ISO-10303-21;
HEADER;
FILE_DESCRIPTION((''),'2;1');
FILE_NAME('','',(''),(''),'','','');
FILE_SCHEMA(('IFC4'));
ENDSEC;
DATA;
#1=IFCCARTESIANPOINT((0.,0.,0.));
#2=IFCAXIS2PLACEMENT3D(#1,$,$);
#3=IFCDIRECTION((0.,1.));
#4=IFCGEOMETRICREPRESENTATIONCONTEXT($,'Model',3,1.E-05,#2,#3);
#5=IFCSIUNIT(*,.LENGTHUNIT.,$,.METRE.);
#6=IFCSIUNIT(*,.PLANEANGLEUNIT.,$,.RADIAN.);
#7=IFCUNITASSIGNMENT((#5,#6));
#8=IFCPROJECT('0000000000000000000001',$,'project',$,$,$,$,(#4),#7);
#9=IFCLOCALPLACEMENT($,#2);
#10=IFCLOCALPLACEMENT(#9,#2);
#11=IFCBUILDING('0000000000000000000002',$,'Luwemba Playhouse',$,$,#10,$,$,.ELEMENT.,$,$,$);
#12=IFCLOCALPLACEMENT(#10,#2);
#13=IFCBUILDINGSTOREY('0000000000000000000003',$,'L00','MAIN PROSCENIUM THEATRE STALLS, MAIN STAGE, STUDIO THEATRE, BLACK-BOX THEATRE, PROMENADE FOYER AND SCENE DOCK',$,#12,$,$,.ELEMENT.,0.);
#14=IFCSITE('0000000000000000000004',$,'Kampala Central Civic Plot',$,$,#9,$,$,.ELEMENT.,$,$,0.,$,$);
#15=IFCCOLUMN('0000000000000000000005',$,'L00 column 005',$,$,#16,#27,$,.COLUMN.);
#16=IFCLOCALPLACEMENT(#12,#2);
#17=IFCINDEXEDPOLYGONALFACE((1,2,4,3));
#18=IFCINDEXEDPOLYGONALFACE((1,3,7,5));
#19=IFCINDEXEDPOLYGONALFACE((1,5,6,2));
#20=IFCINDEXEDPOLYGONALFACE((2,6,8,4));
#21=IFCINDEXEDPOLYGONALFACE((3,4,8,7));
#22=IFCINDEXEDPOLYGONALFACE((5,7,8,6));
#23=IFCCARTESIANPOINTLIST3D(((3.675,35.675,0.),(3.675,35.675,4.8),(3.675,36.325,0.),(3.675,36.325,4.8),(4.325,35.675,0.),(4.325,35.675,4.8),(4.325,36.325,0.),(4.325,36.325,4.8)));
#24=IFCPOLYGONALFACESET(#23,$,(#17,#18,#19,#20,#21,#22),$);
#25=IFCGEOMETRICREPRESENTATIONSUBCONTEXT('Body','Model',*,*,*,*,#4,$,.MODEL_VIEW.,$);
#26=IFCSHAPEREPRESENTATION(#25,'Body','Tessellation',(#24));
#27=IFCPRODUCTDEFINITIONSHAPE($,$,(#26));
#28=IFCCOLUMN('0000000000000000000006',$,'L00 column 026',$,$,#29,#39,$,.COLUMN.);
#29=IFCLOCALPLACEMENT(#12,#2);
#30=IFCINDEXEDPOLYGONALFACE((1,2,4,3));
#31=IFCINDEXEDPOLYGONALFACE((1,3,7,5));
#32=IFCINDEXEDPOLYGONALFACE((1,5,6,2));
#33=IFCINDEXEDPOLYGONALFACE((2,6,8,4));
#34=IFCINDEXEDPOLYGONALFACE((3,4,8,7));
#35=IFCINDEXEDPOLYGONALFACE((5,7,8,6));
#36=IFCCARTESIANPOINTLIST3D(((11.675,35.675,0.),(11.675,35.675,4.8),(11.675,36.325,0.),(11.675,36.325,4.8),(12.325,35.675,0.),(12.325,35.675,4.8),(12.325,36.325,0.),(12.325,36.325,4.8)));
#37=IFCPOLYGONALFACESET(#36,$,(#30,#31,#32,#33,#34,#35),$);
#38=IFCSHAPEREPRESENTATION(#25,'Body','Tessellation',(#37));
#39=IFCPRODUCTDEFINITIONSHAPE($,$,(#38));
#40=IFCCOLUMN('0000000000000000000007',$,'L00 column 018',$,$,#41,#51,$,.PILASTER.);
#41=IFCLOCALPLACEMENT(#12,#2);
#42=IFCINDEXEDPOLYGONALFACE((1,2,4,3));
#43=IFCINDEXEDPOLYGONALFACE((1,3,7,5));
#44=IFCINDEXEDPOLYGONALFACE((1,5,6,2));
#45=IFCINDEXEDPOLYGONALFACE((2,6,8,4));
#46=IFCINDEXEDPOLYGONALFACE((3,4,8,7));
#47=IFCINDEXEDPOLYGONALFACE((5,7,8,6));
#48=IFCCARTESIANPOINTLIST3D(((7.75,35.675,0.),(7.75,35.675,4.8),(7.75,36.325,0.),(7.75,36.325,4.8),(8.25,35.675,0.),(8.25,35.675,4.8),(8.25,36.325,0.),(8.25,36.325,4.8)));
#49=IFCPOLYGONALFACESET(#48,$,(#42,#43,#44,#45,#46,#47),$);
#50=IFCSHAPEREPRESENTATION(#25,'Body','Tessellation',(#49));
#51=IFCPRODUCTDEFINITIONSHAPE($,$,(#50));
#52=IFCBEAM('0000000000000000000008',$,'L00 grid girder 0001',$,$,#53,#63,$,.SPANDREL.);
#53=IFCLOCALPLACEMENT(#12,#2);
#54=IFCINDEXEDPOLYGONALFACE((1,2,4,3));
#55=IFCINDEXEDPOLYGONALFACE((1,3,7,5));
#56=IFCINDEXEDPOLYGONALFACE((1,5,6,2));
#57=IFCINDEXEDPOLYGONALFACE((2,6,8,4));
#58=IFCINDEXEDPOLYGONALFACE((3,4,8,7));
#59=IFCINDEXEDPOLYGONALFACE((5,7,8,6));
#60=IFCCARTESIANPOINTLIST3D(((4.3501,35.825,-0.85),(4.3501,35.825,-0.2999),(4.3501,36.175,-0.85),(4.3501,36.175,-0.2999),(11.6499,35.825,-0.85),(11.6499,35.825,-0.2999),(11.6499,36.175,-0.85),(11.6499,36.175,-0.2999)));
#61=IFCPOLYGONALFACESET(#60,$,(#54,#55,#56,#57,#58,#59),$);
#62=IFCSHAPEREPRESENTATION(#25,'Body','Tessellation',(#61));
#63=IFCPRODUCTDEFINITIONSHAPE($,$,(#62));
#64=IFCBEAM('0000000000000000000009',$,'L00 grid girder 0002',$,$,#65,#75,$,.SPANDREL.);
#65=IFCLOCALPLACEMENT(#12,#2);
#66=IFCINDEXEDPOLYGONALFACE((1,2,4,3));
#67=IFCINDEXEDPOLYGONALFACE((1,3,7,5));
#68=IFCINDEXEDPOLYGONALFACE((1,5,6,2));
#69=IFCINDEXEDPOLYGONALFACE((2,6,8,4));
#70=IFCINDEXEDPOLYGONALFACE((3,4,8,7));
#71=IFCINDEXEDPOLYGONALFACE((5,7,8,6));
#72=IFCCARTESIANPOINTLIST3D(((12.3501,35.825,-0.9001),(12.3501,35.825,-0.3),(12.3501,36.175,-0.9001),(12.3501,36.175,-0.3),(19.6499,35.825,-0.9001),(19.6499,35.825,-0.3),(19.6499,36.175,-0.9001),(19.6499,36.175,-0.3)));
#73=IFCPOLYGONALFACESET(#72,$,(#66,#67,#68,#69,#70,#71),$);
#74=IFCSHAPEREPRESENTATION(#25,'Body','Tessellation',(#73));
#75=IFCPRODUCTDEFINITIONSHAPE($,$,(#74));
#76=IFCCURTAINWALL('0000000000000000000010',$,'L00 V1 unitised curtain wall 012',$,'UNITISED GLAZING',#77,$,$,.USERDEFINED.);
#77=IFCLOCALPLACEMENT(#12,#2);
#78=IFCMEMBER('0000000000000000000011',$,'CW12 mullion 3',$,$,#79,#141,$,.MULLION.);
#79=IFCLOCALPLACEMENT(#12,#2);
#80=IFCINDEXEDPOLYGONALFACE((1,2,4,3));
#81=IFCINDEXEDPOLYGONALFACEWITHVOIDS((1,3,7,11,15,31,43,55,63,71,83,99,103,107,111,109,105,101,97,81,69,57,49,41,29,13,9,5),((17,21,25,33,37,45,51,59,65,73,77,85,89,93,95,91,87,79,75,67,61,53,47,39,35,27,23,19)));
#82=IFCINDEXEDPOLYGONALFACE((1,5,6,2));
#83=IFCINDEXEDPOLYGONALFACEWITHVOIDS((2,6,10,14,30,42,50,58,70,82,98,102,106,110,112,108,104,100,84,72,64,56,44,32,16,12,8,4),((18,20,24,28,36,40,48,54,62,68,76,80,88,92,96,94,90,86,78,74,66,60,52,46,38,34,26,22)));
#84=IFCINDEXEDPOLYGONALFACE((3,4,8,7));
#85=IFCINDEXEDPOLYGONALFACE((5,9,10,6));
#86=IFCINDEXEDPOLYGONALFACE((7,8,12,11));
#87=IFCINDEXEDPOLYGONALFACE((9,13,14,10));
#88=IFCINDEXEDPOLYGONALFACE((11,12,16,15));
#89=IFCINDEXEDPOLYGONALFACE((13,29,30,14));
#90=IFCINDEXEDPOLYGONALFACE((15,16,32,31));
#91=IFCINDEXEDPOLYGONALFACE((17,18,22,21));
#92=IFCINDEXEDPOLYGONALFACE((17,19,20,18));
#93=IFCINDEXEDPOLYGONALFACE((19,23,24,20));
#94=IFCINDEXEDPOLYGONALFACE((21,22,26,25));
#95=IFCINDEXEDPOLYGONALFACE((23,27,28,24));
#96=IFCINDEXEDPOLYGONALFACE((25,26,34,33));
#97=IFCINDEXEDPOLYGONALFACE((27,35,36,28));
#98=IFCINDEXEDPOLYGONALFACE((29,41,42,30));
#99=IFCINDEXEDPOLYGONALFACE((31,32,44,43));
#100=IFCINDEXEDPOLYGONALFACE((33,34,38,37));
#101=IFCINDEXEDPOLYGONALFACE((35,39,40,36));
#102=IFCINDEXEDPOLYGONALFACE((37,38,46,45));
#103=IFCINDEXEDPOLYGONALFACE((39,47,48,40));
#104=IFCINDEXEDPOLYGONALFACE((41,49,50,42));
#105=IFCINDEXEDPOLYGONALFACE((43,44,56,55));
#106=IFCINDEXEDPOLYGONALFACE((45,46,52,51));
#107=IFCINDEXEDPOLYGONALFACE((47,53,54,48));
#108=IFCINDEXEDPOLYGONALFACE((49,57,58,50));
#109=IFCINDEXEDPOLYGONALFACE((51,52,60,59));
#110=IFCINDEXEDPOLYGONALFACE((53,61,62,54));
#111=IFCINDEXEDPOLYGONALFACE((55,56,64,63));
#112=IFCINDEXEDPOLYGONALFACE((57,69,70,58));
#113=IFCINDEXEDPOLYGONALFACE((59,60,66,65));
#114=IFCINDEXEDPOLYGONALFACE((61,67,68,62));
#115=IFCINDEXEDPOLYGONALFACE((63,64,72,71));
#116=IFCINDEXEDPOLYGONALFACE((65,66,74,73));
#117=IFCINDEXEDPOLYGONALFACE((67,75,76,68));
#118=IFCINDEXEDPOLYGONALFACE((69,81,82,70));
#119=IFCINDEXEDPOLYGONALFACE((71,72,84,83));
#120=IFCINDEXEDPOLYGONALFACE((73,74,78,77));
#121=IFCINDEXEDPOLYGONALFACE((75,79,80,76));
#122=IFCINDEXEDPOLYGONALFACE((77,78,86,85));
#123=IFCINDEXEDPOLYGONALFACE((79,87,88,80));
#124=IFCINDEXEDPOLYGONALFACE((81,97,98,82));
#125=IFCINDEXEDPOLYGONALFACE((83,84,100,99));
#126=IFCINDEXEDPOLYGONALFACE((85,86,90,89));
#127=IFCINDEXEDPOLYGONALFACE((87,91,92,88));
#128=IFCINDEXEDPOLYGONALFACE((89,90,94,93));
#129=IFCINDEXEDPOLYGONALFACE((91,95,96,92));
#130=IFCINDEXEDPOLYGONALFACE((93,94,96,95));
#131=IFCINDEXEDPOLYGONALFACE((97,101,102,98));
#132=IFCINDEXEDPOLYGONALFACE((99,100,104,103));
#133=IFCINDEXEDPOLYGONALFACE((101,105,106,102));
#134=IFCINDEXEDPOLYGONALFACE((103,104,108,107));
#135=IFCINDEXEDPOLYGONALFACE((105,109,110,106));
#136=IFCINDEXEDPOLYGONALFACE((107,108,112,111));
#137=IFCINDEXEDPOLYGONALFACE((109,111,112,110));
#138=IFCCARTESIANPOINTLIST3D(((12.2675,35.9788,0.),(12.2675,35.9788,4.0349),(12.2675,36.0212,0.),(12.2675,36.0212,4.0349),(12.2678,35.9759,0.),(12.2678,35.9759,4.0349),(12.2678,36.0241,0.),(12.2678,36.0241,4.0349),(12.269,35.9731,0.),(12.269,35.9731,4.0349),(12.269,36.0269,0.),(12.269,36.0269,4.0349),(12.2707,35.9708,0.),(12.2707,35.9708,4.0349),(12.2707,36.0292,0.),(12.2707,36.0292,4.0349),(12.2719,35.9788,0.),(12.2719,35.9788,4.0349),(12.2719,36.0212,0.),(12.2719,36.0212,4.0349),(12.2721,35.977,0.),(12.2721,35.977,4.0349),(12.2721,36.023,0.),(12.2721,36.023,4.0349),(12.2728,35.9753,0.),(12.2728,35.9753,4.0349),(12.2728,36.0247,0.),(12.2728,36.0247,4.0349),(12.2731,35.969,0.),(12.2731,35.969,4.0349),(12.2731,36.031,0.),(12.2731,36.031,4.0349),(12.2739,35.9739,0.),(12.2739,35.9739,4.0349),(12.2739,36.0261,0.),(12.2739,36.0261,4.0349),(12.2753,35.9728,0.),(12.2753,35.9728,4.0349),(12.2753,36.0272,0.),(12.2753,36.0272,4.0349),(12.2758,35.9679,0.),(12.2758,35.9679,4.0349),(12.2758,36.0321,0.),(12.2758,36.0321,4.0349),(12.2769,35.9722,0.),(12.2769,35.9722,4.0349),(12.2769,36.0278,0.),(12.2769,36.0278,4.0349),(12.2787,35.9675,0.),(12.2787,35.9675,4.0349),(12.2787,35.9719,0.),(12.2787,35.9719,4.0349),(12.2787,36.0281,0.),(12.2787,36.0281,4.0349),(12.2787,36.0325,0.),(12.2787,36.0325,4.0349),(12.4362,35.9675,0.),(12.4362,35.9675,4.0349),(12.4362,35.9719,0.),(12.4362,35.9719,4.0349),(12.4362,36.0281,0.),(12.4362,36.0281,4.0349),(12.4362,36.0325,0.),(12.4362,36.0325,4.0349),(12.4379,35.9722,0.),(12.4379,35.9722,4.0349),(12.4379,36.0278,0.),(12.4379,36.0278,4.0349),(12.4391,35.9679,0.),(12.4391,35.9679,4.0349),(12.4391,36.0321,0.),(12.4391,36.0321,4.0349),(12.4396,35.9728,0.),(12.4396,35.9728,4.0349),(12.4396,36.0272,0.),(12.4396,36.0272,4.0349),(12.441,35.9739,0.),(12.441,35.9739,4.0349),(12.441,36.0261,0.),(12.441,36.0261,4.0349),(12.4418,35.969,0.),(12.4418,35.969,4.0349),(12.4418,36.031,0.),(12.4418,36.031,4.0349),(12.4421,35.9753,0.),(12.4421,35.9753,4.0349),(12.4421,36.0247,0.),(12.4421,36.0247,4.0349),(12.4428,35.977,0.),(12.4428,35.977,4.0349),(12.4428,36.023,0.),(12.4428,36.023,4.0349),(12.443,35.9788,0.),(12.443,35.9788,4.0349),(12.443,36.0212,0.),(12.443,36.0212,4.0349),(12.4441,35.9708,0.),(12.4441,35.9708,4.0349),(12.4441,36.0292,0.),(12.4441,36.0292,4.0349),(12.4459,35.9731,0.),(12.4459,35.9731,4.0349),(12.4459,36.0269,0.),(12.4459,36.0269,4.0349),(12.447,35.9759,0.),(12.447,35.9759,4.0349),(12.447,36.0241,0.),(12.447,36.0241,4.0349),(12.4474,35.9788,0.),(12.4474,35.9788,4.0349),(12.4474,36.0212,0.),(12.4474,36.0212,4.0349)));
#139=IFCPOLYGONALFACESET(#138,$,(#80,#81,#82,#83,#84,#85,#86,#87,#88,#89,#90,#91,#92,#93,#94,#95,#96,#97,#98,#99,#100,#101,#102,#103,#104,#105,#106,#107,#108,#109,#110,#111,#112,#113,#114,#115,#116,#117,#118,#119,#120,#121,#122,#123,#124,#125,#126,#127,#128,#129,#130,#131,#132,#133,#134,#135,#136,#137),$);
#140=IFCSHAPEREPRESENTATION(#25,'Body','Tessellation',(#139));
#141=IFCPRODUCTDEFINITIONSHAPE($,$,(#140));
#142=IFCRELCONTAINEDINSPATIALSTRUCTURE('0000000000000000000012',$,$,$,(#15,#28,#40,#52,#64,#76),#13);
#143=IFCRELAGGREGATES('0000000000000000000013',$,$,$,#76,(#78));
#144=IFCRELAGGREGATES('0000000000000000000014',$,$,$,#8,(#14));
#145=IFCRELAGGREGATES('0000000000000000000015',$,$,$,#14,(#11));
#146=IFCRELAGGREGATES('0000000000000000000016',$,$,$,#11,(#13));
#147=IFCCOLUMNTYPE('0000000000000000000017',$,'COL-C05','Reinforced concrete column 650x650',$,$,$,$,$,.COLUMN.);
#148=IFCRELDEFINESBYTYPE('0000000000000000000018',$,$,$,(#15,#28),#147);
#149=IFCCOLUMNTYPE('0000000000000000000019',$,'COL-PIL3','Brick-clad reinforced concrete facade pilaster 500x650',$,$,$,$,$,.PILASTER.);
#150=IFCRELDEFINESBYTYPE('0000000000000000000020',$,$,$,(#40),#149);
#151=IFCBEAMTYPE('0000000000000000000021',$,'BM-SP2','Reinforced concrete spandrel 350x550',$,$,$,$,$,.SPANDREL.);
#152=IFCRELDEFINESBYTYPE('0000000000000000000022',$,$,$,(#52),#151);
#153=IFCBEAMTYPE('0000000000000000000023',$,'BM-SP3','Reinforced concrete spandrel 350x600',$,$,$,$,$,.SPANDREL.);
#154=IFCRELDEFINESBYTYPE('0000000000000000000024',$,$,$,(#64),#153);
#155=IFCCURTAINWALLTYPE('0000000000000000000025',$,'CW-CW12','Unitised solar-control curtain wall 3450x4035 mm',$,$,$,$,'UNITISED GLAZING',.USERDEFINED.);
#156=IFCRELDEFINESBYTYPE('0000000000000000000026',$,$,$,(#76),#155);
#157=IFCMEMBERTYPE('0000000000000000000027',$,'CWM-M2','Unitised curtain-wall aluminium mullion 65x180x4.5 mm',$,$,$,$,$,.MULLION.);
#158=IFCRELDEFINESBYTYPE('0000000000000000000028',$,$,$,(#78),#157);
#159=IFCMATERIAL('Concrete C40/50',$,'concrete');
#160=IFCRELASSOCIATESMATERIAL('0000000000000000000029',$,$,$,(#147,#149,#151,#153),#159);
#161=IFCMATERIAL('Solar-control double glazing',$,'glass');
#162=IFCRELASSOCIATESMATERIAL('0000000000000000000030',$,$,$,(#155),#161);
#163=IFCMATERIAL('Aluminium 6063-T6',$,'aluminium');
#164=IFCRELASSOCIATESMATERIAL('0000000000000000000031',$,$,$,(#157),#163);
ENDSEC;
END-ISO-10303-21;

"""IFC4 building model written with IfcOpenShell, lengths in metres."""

from ifc_helpers import new_model, si_unit, direction, frame, origin, origin_2d, place, context, subcontext, project, spatial, rectangle, hollow_rectangle, extrude, material, material_profile, profile_set, type_object, element, aggregate, save


model = new_model("IFC4")

# Units and contexts
model_context = context("Model", 3, precision=1e-05, world=origin(), true_north=direction((0.0, 1.0)))
body_context = subcontext(model_context, "Body", "Model", "MODEL_VIEW")
ifc_project = project(units=[si_unit("LENGTHUNIT", "METRE"), si_unit("PLANEANGLEUNIT", "RADIAN")], contexts=[model_context])

# Site, building, storey
site_placement = place(None, origin())
site = spatial("IfcSite", under=ifc_project, at=site_placement, Name="Kampala Central Civic Plot", CompositionType="ELEMENT", RefElevation=0.0)
building_placement = place(site_placement, origin())
building = spatial("IfcBuilding", under=site, at=building_placement, Name="Luwemba Playhouse", CompositionType="ELEMENT")
storey_placement = place(building_placement, origin())
storey = spatial("IfcBuildingStorey", under=building, at=storey_placement, Name="L00", Description="MAIN PROSCENIUM THEATRE STALLS, MAIN STAGE, STUDIO THEATRE, BLACK-BOX THEATRE, PROMENADE FOYER AND SCENE DOCK", CompositionType="ELEMENT", Elevation=0.0)

# Columns
ifc_material_1 = material(Name="Concrete C40/50", Category="concrete")
ifc_material_profile_1 = material_profile(ifc_material_1, rectangle(XDim=0.6499, YDim=0.6499, at=origin_2d()))
ifc_profile_set_1 = profile_set([ifc_material_profile_1], Name="Concrete C40/50")
column_type_1 = type_object("IfcColumnType", Name="COL-C05", Description="Reinforced concrete column 650x650", PredefinedType="COLUMN", material=ifc_profile_set_1)
for number, where, z_axis, x_axis, name in (
    (1, (4.0, 36.0, 0.0), (0.0, 0.0, 1.0), (1.0, 0.0, 0.0), "L00 column 005"),
    (2, (12.0, 36.0, 0.0), (0.0, 0.0, 1.0), (1.0, 0.0, 0.0), "L00 column 026"),
):
    element("IfcColumn", number, at=place(storey_placement, frame(where, z_axis=z_axis, x_axis=x_axis)), inside=storey, type_object=column_type_1, Name=name, PredefinedType="COLUMN", context=body_context, shape_type="SweptSolid", body=[
        extrude(rectangle(XDim=0.6499, YDim=0.6499, at=origin_2d()), origin(), (0.0, 0.0, 1.0), 4.8),
    ])
ifc_material_profile_2 = material_profile(ifc_material_1, rectangle(XDim=0.5, YDim=0.6499, at=origin_2d()))
ifc_profile_set_2 = profile_set([ifc_material_profile_2], Name="Concrete C40/50")
column_type_2 = type_object("IfcColumnType", Name="COL-PIL3", Description="Brick-clad reinforced concrete facade pilaster 500x650", PredefinedType="PILASTER", material=ifc_profile_set_2)
column_placement = place(storey_placement, frame((8.0, 36.0, 0.0), z_axis=(0.0, 0.0, 1.0), x_axis=(1.0, 0.0, 0.0)))
element("IfcColumn", 3, at=column_placement, inside=storey, type_object=column_type_2, Name="L00 column 018", PredefinedType="PILASTER", context=body_context, shape_type="SweptSolid", body=[
    extrude(rectangle(XDim=0.5, YDim=0.6499, at=origin_2d()), origin(), (0.0, 0.0, 1.0), 4.8),
])

# Beams
ifc_material_profile_3 = material_profile(ifc_material_1, rectangle(XDim=0.3501, YDim=0.55, at=origin_2d()))
ifc_profile_set_3 = profile_set([ifc_material_profile_3], Name="Concrete C40/50")
beam_type_1 = type_object("IfcBeamType", Name="BM-SP2", Description="Reinforced concrete spandrel 350x550", PredefinedType="SPANDREL", material=ifc_profile_set_3)
beam_1_placement = place(storey_placement, frame((4.3501, 36.0, -0.575), z_axis=(1.0, 0.0, 0.0), x_axis=(0.0, 1.0, 0.0)))
element("IfcBeam", 4, at=beam_1_placement, inside=storey, type_object=beam_type_1, Name="L00 grid girder 0001", PredefinedType="SPANDREL", context=body_context, shape_type="SweptSolid", body=[
    extrude(rectangle(XDim=0.3501, YDim=0.55, at=origin_2d()), origin(), (0.0, 0.0, 1.0), 7.2998),
])
ifc_material_profile_4 = material_profile(ifc_material_1, rectangle(XDim=0.3501, YDim=0.6001, at=origin_2d()))
ifc_profile_set_4 = profile_set([ifc_material_profile_4], Name="Concrete C40/50")
beam_type_2 = type_object("IfcBeamType", Name="BM-SP3", Description="Reinforced concrete spandrel 350x600", PredefinedType="SPANDREL", material=ifc_profile_set_4)
beam_2_placement = place(storey_placement, frame((12.3501, 36.0, -0.6001), z_axis=(1.0, 0.0, 0.0), x_axis=(0.0, 1.0, 0.0)))
element("IfcBeam", 5, at=beam_2_placement, inside=storey, type_object=beam_type_2, Name="L00 grid girder 0002", PredefinedType="SPANDREL", context=body_context, shape_type="SweptSolid", body=[
    extrude(rectangle(XDim=0.3501, YDim=0.6001, at=origin_2d()), origin(), (0.0, 0.0, 1.0), 7.2998),
])

# Curtain wall, member
ifc_material_2 = material(Name="Solar-control double glazing", Category="glass")
curtain_wall_type_1 = type_object("IfcCurtainWallType", Name="CW-CW12", Description="Unitised solar-control curtain wall 3450x4035 mm", ElementType="UNITISED GLAZING", PredefinedType="USERDEFINED", material=ifc_material_2)
curtain_wall_1_placement = place(storey_placement, origin())
curtain_wall_1 = element("IfcCurtainWall", 6, at=curtain_wall_1_placement, inside=storey, type_object=curtain_wall_type_1, Name="L00 V1 unitised curtain wall 012", ObjectType="UNITISED GLAZING", PredefinedType="USERDEFINED")
ifc_material_3 = material(Name="Aluminium 6063-T6", Category="aluminium")
ifc_material_profile_5 = material_profile(ifc_material_3, hollow_rectangle(XDim=0.0649, YDim=0.1799, WallThickness=0.0044, InnerFilletRadius=0.0068, OuterFilletRadius=0.0112, at=origin_2d()))
ifc_profile_set_5 = profile_set([ifc_material_profile_5], Name="Aluminium 6063-T6")
member_type_1 = type_object("IfcMemberType", Name="CWM-M2", Description="Unitised curtain-wall aluminium mullion 65x180x4.5 mm", PredefinedType="MULLION", material=ifc_profile_set_5)
member_1_placement = place(storey_placement, frame((12.3574, 36.0, 0.0), z_axis=(0.0, 0.0, 1.0), x_axis=(0.0, -1.0, 0.0)))
member_1 = element("IfcMember", 7, at=member_1_placement, type_object=member_type_1, Name="CW12 mullion 3", PredefinedType="MULLION", context=body_context, shape_type="SweptSolid", body=[
    extrude(hollow_rectangle(XDim=0.0649, YDim=0.1799, WallThickness=0.0044, InnerFilletRadius=0.0068, OuterFilletRadius=0.0112, at=origin_2d()), origin(), (0.0, 0.0, 1.0), 4.0349),
])

aggregate(curtain_wall_1, [member_1])

save(model, "model.ifc")
